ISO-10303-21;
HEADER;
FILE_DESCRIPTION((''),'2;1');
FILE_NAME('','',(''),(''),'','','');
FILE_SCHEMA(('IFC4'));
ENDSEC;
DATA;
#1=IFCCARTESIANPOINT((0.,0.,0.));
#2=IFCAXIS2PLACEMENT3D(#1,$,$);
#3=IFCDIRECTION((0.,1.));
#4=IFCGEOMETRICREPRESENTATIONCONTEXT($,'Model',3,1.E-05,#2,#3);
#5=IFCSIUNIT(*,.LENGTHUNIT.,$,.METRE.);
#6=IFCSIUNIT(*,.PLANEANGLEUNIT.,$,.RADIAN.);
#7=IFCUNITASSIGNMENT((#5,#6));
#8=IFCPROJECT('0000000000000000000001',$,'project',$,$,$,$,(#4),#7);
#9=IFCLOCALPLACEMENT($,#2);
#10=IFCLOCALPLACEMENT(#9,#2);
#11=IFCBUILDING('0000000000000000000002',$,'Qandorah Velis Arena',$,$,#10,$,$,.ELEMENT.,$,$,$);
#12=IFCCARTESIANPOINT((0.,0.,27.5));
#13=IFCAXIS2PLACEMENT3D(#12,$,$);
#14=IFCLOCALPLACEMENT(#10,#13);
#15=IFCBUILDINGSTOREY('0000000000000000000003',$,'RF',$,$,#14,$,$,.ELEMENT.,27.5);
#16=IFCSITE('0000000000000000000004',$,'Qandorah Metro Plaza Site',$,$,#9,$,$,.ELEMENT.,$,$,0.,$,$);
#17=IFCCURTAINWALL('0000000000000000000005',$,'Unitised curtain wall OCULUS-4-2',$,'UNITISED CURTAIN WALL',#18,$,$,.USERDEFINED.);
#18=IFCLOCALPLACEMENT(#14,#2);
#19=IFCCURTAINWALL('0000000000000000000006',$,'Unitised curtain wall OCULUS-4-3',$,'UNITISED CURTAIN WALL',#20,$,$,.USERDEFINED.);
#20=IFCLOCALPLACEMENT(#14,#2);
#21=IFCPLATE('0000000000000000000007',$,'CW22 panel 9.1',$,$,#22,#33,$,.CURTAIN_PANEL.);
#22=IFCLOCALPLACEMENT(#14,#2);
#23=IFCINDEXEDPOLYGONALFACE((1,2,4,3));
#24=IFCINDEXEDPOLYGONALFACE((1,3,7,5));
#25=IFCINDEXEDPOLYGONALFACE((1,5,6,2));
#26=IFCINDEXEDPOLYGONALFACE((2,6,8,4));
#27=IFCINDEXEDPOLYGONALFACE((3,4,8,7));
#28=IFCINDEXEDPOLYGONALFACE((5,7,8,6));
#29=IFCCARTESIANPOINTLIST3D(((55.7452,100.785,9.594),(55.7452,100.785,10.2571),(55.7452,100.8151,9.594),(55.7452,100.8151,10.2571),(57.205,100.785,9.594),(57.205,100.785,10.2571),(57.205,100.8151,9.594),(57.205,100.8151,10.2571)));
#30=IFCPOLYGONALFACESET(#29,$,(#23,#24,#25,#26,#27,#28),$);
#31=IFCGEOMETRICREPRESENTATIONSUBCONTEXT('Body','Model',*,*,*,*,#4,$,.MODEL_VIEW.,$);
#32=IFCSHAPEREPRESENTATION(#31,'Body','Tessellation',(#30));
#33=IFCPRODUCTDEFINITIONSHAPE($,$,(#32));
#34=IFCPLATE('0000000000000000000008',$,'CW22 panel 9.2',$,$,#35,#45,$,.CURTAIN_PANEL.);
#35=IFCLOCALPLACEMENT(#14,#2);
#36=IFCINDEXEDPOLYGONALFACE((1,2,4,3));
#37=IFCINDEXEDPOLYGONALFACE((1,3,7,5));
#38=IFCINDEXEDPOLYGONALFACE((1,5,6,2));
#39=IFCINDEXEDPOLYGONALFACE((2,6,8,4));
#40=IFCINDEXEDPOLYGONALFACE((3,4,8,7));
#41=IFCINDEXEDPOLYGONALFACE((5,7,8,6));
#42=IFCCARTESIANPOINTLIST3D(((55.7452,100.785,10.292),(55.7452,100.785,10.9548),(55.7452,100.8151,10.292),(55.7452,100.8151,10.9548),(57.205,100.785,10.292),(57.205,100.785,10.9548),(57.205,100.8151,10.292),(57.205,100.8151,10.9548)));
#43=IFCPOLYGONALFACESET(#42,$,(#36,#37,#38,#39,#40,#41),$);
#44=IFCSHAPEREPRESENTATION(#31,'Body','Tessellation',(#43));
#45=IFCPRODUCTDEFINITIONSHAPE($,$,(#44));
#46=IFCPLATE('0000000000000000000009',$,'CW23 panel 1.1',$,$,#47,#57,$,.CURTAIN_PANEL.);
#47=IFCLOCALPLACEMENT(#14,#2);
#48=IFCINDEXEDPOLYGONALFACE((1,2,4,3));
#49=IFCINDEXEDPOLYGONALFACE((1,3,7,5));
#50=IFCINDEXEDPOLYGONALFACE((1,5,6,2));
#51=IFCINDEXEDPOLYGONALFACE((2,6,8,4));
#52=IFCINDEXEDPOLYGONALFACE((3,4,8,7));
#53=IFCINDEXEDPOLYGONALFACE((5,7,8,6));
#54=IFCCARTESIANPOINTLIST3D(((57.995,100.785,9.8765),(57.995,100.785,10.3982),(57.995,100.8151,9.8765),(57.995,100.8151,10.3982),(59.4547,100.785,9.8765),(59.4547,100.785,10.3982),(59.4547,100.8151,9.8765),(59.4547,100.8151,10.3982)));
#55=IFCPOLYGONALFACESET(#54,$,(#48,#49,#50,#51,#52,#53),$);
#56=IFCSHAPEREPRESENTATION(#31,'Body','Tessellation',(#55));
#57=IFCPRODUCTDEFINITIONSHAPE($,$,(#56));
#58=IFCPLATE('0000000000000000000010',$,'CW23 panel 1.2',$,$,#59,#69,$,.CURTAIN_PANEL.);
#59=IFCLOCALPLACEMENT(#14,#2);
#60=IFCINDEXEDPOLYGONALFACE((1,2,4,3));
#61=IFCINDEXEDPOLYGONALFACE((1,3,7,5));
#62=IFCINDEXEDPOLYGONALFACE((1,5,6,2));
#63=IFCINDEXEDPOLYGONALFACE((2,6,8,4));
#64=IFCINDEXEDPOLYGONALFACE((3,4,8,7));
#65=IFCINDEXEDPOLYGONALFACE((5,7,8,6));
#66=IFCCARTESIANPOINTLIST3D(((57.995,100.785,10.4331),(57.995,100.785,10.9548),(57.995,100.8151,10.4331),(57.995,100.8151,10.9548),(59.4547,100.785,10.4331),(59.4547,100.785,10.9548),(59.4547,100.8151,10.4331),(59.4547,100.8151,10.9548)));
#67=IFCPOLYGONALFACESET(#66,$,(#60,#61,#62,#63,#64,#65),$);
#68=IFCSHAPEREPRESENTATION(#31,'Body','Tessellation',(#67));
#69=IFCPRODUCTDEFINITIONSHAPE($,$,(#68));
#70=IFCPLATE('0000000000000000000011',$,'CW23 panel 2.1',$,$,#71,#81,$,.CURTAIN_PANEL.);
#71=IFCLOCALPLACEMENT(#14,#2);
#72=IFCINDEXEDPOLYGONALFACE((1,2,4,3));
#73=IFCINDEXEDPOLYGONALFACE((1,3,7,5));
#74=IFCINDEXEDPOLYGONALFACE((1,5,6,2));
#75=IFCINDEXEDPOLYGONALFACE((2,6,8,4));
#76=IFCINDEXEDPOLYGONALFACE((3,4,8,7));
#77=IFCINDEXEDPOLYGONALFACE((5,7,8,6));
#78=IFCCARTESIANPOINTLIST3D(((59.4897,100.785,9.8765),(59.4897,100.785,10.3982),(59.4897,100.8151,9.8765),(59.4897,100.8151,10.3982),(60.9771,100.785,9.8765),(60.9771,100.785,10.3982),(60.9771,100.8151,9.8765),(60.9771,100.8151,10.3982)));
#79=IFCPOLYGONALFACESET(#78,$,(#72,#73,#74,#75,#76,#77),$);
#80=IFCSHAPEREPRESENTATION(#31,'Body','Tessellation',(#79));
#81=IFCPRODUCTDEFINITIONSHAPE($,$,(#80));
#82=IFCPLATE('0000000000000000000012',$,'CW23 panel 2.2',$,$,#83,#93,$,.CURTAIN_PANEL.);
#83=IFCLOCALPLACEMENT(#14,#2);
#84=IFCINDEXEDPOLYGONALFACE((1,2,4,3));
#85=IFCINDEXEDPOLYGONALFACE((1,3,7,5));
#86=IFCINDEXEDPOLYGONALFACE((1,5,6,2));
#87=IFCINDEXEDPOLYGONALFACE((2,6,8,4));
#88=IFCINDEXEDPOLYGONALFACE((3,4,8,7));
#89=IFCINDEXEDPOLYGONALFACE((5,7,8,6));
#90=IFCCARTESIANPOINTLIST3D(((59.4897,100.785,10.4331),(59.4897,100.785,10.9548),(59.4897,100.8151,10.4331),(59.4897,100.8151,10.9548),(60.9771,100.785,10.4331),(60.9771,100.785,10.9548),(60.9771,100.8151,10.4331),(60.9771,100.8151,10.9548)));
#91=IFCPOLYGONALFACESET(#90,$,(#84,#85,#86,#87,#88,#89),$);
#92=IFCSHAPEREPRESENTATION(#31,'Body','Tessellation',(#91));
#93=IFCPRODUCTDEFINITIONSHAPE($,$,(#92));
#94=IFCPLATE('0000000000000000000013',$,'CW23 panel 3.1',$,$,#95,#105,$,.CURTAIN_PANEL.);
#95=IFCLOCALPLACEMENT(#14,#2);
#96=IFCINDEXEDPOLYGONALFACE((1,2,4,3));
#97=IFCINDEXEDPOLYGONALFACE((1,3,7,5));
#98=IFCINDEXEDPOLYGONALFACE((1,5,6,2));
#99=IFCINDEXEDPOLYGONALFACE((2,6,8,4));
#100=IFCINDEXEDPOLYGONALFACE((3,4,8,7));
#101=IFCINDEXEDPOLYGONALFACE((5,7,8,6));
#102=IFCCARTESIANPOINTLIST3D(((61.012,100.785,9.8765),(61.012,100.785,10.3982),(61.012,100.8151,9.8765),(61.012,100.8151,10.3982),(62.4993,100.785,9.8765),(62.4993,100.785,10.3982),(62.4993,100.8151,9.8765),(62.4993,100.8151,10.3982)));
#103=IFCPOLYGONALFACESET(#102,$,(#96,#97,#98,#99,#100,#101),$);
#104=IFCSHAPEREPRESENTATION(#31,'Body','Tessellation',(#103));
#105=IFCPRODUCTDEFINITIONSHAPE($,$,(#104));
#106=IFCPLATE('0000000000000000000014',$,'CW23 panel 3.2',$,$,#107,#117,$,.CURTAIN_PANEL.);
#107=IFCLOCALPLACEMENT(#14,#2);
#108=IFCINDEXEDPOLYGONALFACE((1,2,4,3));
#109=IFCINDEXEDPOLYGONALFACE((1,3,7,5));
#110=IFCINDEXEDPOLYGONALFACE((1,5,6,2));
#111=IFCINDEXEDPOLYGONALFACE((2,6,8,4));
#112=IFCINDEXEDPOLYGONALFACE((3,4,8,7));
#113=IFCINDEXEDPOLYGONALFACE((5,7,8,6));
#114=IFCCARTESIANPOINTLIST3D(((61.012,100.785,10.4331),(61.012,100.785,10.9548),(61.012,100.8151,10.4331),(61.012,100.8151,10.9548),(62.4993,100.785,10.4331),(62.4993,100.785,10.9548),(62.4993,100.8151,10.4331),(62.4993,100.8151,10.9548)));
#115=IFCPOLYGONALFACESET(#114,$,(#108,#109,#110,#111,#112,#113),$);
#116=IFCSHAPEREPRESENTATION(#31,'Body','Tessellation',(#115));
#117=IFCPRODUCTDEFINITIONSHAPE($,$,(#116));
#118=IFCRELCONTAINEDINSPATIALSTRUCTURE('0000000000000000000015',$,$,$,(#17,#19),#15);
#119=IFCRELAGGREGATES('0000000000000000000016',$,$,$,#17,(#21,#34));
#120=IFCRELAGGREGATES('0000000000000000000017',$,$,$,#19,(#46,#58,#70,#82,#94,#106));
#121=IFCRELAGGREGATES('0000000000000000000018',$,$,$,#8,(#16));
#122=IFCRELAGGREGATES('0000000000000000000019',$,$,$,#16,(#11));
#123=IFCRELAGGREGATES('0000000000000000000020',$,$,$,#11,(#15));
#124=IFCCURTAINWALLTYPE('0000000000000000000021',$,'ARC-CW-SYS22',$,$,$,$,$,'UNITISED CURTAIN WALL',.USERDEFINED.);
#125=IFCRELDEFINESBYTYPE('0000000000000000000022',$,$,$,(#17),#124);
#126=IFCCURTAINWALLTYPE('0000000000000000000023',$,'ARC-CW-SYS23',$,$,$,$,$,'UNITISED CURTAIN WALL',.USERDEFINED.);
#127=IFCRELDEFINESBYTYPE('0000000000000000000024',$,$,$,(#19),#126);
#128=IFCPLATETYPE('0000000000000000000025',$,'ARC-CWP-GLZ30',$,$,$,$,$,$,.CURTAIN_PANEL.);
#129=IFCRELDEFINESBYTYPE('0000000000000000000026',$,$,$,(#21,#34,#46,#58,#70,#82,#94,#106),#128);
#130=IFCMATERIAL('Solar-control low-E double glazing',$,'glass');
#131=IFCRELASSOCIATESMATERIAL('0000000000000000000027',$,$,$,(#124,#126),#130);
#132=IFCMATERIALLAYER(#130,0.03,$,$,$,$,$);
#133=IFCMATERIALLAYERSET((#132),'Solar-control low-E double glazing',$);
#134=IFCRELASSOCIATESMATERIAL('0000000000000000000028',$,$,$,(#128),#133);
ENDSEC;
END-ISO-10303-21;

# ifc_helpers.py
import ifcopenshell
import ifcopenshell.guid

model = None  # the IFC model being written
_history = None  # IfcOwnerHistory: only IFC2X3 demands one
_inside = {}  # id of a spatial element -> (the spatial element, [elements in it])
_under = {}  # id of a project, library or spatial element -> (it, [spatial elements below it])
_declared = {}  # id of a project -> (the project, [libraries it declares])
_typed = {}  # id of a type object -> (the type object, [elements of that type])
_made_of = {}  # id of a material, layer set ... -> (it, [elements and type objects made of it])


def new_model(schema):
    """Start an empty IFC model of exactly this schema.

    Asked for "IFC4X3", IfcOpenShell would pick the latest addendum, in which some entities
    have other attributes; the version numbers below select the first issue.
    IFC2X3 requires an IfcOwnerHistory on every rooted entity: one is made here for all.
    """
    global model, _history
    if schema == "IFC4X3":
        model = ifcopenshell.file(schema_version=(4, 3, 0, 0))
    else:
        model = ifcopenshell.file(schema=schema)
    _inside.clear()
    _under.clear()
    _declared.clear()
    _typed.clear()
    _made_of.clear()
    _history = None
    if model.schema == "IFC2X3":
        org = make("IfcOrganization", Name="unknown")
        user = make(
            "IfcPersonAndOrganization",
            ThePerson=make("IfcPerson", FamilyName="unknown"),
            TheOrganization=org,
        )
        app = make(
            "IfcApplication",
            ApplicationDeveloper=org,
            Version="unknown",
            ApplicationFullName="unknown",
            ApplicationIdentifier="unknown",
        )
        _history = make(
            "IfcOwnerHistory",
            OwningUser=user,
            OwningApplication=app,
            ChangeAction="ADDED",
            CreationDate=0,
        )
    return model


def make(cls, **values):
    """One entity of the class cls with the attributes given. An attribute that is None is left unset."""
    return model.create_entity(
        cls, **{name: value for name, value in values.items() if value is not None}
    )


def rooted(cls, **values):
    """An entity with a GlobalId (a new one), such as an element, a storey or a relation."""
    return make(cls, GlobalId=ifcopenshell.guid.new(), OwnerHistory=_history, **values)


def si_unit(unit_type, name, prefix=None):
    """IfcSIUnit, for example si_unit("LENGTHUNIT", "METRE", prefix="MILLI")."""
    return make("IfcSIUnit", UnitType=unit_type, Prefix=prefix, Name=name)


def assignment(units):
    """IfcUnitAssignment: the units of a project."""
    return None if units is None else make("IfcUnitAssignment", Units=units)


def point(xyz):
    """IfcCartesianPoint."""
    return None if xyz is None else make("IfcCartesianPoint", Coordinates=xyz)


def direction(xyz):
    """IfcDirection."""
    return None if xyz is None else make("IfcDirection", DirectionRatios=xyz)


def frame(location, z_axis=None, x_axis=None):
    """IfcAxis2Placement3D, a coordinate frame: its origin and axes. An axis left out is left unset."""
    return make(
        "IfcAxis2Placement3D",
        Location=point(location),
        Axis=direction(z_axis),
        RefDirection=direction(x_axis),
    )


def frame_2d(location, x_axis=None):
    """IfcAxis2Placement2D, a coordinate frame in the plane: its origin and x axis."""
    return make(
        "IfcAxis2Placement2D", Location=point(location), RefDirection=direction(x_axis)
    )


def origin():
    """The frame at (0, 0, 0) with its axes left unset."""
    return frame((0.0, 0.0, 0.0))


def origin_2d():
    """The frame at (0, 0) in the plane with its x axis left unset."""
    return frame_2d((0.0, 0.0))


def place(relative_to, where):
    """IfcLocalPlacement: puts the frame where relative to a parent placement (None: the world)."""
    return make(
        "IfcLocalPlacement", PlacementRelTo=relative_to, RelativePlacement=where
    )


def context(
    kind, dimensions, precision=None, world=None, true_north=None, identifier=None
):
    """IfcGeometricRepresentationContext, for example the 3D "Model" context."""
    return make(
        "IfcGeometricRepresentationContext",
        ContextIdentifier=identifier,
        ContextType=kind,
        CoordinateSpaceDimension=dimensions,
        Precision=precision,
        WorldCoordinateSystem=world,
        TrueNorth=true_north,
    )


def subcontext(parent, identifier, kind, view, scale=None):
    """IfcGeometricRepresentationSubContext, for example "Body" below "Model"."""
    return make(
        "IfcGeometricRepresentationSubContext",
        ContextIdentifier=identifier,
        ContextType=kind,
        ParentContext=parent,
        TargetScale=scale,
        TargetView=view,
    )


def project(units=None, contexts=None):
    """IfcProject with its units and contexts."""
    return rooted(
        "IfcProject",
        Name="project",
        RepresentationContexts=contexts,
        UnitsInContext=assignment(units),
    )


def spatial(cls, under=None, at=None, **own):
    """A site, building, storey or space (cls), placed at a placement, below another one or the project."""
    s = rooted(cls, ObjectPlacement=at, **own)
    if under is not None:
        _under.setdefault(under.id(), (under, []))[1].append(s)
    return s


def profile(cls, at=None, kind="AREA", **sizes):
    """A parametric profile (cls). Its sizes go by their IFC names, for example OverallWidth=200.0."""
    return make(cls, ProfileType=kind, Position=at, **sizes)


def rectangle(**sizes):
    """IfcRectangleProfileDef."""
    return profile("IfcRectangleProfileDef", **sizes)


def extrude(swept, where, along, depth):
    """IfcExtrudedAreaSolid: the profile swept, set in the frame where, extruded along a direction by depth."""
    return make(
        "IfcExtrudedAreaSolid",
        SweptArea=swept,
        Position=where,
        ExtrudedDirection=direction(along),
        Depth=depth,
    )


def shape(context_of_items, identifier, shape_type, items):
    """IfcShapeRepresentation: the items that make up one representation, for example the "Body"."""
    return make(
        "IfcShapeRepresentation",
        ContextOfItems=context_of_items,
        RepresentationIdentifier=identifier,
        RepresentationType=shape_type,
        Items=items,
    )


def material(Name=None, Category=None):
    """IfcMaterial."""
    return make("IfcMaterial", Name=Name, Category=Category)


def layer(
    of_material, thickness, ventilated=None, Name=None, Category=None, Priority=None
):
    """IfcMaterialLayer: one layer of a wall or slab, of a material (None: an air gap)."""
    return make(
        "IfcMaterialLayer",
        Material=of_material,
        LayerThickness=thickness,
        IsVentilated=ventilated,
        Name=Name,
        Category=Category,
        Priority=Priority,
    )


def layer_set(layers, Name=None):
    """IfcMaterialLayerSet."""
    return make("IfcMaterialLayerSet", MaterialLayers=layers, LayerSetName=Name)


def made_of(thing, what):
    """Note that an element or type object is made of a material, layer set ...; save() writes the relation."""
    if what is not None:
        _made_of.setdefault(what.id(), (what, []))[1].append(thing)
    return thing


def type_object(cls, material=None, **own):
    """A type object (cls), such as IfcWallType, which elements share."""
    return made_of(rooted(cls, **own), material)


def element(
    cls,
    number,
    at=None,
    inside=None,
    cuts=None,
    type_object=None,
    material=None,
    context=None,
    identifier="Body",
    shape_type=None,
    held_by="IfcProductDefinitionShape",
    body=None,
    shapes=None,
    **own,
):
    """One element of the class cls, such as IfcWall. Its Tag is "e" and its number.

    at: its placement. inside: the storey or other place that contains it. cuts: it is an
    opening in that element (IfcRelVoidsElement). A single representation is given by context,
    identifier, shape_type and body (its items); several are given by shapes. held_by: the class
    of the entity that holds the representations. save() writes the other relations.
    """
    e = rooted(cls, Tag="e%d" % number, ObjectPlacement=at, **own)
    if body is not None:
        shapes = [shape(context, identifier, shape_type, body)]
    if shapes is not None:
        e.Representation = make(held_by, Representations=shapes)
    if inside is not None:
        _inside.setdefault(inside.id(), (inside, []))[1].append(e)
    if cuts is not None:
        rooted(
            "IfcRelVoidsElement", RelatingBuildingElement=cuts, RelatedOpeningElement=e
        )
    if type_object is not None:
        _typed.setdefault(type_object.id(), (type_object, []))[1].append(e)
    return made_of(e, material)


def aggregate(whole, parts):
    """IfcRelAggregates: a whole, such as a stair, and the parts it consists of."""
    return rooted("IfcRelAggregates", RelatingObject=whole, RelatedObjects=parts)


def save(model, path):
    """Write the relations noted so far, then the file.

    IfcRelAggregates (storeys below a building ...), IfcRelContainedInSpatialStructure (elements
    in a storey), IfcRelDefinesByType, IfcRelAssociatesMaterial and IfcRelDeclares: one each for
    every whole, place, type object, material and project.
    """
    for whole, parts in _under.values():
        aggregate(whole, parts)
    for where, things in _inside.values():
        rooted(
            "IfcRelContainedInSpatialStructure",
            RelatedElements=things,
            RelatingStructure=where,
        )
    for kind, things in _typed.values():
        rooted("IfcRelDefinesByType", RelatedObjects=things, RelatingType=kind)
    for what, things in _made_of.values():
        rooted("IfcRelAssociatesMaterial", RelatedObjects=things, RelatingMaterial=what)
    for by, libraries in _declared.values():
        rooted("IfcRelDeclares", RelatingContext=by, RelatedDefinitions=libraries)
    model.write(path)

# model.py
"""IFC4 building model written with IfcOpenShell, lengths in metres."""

from ifc_helpers import new_model, si_unit, direction, frame, origin, origin_2d, place, context, subcontext, project, spatial, rectangle, extrude, material, layer, layer_set, type_object, element, aggregate, save


model = new_model("IFC4")

# Units and contexts
model_context = context("Model", 3, precision=1e-05, world=origin(), true_north=direction((0.0, 1.0)))
body_context = subcontext(model_context, "Body", "Model", "MODEL_VIEW")
ifc_project = project(units=[si_unit("LENGTHUNIT", "METRE"), si_unit("PLANEANGLEUNIT", "RADIAN")], contexts=[model_context])

# Site, building, storey
site_placement = place(None, origin())
site = spatial("IfcSite", under=ifc_project, at=site_placement, Name="Qandorah Metro Plaza Site", CompositionType="ELEMENT", RefElevation=0.0)
building_placement = place(site_placement, origin())
building = spatial("IfcBuilding", under=site, at=building_placement, Name="Qandorah Velis Arena", CompositionType="ELEMENT")
storey_placement = place(building_placement, frame((0.0, 0.0, 27.5)))
storey = spatial("IfcBuildingStorey", under=building, at=storey_placement, Name="RF", CompositionType="ELEMENT", Elevation=27.5)

# Shared definitions
ifc_material_1 = material(Name="Solar-control low-E double glazing", Category="glass")

# Curtain walls
curtain_wall_type_1 = type_object("IfcCurtainWallType", Name="ARC-CW-SYS22", ElementType="UNITISED CURTAIN WALL", PredefinedType="USERDEFINED", material=ifc_material_1)
curtain_wall_1_placement = place(storey_placement, origin())
curtain_wall_1 = element("IfcCurtainWall", 1, at=curtain_wall_1_placement, inside=storey, type_object=curtain_wall_type_1, Name="Unitised curtain wall OCULUS-4-2", ObjectType="UNITISED CURTAIN WALL", PredefinedType="USERDEFINED")
curtain_wall_type_2 = type_object("IfcCurtainWallType", Name="ARC-CW-SYS23", ElementType="UNITISED CURTAIN WALL", PredefinedType="USERDEFINED", material=ifc_material_1)
curtain_wall_2_placement = place(storey_placement, origin())
curtain_wall_2 = element("IfcCurtainWall", 2, at=curtain_wall_2_placement, inside=storey, type_object=curtain_wall_type_2, Name="Unitised curtain wall OCULUS-4-3", ObjectType="UNITISED CURTAIN WALL", PredefinedType="USERDEFINED")

# Plates
ifc_layer = layer(ifc_material_1, 0.03)
ifc_layer_set = layer_set([ifc_layer], Name="Solar-control low-E double glazing")
plate_type = type_object("IfcPlateType", Name="ARC-CWP-GLZ30", PredefinedType="CURTAIN_PANEL", material=ifc_layer_set)
plate_1_placement = place(storey_placement, frame((56.4751, 100.8, 9.594), z_axis=(0.0, 0.0, 1.0), x_axis=(1.0, 0.0, 0.0)))
plate_1 = element("IfcPlate", 3, at=plate_1_placement, type_object=plate_type, Name="CW22 panel 9.1", PredefinedType="CURTAIN_PANEL", context=body_context, shape_type="SweptSolid", body=[
    extrude(rectangle(XDim=1.4597, YDim=0.03, at=origin_2d()), origin(), (0.0, 0.0, 1.0), 0.6631),
])
plate_2_placement = place(storey_placement, frame((56.4751, 100.8, 10.292), z_axis=(0.0, 0.0, 1.0), x_axis=(1.0, 0.0, 0.0)))
plate_2 = element("IfcPlate", 4, at=plate_2_placement, type_object=plate_type, Name="CW22 panel 9.2", PredefinedType="CURTAIN_PANEL", context=body_context, shape_type="SweptSolid", body=[
    extrude(rectangle(XDim=1.4597, YDim=0.03, at=origin_2d()), origin(), (0.0, 0.0, 1.0), 0.6628),
])
aggregate(curtain_wall_1, [plate_1, plate_2])
plate_3_placement = place(storey_placement, frame((58.7249, 100.8, 9.8765), z_axis=(0.0, 0.0, 1.0), x_axis=(1.0, 0.0, 0.0)))
plate_3 = element("IfcPlate", 5, at=plate_3_placement, type_object=plate_type, Name="CW23 panel 1.1", PredefinedType="CURTAIN_PANEL", context=body_context, shape_type="SweptSolid", body=[
    extrude(rectangle(XDim=1.4597, YDim=0.03, at=origin_2d()), origin(), (0.0, 0.0, 1.0), 0.5217),
])
plate_4_placement = place(storey_placement, frame((58.7249, 100.8, 10.4331), z_axis=(0.0, 0.0, 1.0), x_axis=(1.0, 0.0, 0.0)))
plate_4 = element("IfcPlate", 6, at=plate_4_placement, type_object=plate_type, Name="CW23 panel 1.2", PredefinedType="CURTAIN_PANEL", context=body_context, shape_type="SweptSolid", body=[
    extrude(rectangle(XDim=1.4597, YDim=0.03, at=origin_2d()), origin(), (0.0, 0.0, 1.0), 0.5217),
])
plate_5_placement = place(storey_placement, frame((60.2334, 100.8, 9.8765), z_axis=(0.0, 0.0, 1.0), x_axis=(1.0, 0.0, 0.0)))
plate_5 = element("IfcPlate", 7, at=plate_5_placement, type_object=plate_type, Name="CW23 panel 2.1", PredefinedType="CURTAIN_PANEL", context=body_context, shape_type="SweptSolid", body=[
    extrude(rectangle(XDim=1.4873, YDim=0.03, at=origin_2d()), origin(), (0.0, 0.0, 1.0), 0.5217),
])
plate_6_placement = place(storey_placement, frame((60.2334, 100.8, 10.4331), z_axis=(0.0, 0.0, 1.0), x_axis=(1.0, 0.0, 0.0)))
plate_6 = element("IfcPlate", 8, at=plate_6_placement, type_object=plate_type, Name="CW23 panel 2.2", PredefinedType="CURTAIN_PANEL", context=body_context, shape_type="SweptSolid", body=[
    extrude(rectangle(XDim=1.4873, YDim=0.03, at=origin_2d()), origin(), (0.0, 0.0, 1.0), 0.5217),
])
plate_7_placement = place(storey_placement, frame((61.7556, 100.8, 9.8765), z_axis=(0.0, 0.0, 1.0), x_axis=(1.0, 0.0, 0.0)))
plate_7 = element("IfcPlate", 9, at=plate_7_placement, type_object=plate_type, Name="CW23 panel 3.1", PredefinedType="CURTAIN_PANEL", context=body_context, shape_type="SweptSolid", body=[
    extrude(rectangle(XDim=1.4873, YDim=0.03, at=origin_2d()), origin(), (0.0, 0.0, 1.0), 0.5217),
])
plate_8_placement = place(storey_placement, frame((61.7556, 100.8, 10.4331), z_axis=(0.0, 0.0, 1.0), x_axis=(1.0, 0.0, 0.0)))
plate_8 = element("IfcPlate", 10, at=plate_8_placement, type_object=plate_type, Name="CW23 panel 3.2", PredefinedType="CURTAIN_PANEL", context=body_context, shape_type="SweptSolid", body=[
    extrude(rectangle(XDim=1.4873, YDim=0.03, at=origin_2d()), origin(), (0.0, 0.0, 1.0), 0.5217),
])
aggregate(curtain_wall_2, [plate_3, plate_4, plate_5, plate_6, plate_7, plate_8])

save(model, "model.ifc")
